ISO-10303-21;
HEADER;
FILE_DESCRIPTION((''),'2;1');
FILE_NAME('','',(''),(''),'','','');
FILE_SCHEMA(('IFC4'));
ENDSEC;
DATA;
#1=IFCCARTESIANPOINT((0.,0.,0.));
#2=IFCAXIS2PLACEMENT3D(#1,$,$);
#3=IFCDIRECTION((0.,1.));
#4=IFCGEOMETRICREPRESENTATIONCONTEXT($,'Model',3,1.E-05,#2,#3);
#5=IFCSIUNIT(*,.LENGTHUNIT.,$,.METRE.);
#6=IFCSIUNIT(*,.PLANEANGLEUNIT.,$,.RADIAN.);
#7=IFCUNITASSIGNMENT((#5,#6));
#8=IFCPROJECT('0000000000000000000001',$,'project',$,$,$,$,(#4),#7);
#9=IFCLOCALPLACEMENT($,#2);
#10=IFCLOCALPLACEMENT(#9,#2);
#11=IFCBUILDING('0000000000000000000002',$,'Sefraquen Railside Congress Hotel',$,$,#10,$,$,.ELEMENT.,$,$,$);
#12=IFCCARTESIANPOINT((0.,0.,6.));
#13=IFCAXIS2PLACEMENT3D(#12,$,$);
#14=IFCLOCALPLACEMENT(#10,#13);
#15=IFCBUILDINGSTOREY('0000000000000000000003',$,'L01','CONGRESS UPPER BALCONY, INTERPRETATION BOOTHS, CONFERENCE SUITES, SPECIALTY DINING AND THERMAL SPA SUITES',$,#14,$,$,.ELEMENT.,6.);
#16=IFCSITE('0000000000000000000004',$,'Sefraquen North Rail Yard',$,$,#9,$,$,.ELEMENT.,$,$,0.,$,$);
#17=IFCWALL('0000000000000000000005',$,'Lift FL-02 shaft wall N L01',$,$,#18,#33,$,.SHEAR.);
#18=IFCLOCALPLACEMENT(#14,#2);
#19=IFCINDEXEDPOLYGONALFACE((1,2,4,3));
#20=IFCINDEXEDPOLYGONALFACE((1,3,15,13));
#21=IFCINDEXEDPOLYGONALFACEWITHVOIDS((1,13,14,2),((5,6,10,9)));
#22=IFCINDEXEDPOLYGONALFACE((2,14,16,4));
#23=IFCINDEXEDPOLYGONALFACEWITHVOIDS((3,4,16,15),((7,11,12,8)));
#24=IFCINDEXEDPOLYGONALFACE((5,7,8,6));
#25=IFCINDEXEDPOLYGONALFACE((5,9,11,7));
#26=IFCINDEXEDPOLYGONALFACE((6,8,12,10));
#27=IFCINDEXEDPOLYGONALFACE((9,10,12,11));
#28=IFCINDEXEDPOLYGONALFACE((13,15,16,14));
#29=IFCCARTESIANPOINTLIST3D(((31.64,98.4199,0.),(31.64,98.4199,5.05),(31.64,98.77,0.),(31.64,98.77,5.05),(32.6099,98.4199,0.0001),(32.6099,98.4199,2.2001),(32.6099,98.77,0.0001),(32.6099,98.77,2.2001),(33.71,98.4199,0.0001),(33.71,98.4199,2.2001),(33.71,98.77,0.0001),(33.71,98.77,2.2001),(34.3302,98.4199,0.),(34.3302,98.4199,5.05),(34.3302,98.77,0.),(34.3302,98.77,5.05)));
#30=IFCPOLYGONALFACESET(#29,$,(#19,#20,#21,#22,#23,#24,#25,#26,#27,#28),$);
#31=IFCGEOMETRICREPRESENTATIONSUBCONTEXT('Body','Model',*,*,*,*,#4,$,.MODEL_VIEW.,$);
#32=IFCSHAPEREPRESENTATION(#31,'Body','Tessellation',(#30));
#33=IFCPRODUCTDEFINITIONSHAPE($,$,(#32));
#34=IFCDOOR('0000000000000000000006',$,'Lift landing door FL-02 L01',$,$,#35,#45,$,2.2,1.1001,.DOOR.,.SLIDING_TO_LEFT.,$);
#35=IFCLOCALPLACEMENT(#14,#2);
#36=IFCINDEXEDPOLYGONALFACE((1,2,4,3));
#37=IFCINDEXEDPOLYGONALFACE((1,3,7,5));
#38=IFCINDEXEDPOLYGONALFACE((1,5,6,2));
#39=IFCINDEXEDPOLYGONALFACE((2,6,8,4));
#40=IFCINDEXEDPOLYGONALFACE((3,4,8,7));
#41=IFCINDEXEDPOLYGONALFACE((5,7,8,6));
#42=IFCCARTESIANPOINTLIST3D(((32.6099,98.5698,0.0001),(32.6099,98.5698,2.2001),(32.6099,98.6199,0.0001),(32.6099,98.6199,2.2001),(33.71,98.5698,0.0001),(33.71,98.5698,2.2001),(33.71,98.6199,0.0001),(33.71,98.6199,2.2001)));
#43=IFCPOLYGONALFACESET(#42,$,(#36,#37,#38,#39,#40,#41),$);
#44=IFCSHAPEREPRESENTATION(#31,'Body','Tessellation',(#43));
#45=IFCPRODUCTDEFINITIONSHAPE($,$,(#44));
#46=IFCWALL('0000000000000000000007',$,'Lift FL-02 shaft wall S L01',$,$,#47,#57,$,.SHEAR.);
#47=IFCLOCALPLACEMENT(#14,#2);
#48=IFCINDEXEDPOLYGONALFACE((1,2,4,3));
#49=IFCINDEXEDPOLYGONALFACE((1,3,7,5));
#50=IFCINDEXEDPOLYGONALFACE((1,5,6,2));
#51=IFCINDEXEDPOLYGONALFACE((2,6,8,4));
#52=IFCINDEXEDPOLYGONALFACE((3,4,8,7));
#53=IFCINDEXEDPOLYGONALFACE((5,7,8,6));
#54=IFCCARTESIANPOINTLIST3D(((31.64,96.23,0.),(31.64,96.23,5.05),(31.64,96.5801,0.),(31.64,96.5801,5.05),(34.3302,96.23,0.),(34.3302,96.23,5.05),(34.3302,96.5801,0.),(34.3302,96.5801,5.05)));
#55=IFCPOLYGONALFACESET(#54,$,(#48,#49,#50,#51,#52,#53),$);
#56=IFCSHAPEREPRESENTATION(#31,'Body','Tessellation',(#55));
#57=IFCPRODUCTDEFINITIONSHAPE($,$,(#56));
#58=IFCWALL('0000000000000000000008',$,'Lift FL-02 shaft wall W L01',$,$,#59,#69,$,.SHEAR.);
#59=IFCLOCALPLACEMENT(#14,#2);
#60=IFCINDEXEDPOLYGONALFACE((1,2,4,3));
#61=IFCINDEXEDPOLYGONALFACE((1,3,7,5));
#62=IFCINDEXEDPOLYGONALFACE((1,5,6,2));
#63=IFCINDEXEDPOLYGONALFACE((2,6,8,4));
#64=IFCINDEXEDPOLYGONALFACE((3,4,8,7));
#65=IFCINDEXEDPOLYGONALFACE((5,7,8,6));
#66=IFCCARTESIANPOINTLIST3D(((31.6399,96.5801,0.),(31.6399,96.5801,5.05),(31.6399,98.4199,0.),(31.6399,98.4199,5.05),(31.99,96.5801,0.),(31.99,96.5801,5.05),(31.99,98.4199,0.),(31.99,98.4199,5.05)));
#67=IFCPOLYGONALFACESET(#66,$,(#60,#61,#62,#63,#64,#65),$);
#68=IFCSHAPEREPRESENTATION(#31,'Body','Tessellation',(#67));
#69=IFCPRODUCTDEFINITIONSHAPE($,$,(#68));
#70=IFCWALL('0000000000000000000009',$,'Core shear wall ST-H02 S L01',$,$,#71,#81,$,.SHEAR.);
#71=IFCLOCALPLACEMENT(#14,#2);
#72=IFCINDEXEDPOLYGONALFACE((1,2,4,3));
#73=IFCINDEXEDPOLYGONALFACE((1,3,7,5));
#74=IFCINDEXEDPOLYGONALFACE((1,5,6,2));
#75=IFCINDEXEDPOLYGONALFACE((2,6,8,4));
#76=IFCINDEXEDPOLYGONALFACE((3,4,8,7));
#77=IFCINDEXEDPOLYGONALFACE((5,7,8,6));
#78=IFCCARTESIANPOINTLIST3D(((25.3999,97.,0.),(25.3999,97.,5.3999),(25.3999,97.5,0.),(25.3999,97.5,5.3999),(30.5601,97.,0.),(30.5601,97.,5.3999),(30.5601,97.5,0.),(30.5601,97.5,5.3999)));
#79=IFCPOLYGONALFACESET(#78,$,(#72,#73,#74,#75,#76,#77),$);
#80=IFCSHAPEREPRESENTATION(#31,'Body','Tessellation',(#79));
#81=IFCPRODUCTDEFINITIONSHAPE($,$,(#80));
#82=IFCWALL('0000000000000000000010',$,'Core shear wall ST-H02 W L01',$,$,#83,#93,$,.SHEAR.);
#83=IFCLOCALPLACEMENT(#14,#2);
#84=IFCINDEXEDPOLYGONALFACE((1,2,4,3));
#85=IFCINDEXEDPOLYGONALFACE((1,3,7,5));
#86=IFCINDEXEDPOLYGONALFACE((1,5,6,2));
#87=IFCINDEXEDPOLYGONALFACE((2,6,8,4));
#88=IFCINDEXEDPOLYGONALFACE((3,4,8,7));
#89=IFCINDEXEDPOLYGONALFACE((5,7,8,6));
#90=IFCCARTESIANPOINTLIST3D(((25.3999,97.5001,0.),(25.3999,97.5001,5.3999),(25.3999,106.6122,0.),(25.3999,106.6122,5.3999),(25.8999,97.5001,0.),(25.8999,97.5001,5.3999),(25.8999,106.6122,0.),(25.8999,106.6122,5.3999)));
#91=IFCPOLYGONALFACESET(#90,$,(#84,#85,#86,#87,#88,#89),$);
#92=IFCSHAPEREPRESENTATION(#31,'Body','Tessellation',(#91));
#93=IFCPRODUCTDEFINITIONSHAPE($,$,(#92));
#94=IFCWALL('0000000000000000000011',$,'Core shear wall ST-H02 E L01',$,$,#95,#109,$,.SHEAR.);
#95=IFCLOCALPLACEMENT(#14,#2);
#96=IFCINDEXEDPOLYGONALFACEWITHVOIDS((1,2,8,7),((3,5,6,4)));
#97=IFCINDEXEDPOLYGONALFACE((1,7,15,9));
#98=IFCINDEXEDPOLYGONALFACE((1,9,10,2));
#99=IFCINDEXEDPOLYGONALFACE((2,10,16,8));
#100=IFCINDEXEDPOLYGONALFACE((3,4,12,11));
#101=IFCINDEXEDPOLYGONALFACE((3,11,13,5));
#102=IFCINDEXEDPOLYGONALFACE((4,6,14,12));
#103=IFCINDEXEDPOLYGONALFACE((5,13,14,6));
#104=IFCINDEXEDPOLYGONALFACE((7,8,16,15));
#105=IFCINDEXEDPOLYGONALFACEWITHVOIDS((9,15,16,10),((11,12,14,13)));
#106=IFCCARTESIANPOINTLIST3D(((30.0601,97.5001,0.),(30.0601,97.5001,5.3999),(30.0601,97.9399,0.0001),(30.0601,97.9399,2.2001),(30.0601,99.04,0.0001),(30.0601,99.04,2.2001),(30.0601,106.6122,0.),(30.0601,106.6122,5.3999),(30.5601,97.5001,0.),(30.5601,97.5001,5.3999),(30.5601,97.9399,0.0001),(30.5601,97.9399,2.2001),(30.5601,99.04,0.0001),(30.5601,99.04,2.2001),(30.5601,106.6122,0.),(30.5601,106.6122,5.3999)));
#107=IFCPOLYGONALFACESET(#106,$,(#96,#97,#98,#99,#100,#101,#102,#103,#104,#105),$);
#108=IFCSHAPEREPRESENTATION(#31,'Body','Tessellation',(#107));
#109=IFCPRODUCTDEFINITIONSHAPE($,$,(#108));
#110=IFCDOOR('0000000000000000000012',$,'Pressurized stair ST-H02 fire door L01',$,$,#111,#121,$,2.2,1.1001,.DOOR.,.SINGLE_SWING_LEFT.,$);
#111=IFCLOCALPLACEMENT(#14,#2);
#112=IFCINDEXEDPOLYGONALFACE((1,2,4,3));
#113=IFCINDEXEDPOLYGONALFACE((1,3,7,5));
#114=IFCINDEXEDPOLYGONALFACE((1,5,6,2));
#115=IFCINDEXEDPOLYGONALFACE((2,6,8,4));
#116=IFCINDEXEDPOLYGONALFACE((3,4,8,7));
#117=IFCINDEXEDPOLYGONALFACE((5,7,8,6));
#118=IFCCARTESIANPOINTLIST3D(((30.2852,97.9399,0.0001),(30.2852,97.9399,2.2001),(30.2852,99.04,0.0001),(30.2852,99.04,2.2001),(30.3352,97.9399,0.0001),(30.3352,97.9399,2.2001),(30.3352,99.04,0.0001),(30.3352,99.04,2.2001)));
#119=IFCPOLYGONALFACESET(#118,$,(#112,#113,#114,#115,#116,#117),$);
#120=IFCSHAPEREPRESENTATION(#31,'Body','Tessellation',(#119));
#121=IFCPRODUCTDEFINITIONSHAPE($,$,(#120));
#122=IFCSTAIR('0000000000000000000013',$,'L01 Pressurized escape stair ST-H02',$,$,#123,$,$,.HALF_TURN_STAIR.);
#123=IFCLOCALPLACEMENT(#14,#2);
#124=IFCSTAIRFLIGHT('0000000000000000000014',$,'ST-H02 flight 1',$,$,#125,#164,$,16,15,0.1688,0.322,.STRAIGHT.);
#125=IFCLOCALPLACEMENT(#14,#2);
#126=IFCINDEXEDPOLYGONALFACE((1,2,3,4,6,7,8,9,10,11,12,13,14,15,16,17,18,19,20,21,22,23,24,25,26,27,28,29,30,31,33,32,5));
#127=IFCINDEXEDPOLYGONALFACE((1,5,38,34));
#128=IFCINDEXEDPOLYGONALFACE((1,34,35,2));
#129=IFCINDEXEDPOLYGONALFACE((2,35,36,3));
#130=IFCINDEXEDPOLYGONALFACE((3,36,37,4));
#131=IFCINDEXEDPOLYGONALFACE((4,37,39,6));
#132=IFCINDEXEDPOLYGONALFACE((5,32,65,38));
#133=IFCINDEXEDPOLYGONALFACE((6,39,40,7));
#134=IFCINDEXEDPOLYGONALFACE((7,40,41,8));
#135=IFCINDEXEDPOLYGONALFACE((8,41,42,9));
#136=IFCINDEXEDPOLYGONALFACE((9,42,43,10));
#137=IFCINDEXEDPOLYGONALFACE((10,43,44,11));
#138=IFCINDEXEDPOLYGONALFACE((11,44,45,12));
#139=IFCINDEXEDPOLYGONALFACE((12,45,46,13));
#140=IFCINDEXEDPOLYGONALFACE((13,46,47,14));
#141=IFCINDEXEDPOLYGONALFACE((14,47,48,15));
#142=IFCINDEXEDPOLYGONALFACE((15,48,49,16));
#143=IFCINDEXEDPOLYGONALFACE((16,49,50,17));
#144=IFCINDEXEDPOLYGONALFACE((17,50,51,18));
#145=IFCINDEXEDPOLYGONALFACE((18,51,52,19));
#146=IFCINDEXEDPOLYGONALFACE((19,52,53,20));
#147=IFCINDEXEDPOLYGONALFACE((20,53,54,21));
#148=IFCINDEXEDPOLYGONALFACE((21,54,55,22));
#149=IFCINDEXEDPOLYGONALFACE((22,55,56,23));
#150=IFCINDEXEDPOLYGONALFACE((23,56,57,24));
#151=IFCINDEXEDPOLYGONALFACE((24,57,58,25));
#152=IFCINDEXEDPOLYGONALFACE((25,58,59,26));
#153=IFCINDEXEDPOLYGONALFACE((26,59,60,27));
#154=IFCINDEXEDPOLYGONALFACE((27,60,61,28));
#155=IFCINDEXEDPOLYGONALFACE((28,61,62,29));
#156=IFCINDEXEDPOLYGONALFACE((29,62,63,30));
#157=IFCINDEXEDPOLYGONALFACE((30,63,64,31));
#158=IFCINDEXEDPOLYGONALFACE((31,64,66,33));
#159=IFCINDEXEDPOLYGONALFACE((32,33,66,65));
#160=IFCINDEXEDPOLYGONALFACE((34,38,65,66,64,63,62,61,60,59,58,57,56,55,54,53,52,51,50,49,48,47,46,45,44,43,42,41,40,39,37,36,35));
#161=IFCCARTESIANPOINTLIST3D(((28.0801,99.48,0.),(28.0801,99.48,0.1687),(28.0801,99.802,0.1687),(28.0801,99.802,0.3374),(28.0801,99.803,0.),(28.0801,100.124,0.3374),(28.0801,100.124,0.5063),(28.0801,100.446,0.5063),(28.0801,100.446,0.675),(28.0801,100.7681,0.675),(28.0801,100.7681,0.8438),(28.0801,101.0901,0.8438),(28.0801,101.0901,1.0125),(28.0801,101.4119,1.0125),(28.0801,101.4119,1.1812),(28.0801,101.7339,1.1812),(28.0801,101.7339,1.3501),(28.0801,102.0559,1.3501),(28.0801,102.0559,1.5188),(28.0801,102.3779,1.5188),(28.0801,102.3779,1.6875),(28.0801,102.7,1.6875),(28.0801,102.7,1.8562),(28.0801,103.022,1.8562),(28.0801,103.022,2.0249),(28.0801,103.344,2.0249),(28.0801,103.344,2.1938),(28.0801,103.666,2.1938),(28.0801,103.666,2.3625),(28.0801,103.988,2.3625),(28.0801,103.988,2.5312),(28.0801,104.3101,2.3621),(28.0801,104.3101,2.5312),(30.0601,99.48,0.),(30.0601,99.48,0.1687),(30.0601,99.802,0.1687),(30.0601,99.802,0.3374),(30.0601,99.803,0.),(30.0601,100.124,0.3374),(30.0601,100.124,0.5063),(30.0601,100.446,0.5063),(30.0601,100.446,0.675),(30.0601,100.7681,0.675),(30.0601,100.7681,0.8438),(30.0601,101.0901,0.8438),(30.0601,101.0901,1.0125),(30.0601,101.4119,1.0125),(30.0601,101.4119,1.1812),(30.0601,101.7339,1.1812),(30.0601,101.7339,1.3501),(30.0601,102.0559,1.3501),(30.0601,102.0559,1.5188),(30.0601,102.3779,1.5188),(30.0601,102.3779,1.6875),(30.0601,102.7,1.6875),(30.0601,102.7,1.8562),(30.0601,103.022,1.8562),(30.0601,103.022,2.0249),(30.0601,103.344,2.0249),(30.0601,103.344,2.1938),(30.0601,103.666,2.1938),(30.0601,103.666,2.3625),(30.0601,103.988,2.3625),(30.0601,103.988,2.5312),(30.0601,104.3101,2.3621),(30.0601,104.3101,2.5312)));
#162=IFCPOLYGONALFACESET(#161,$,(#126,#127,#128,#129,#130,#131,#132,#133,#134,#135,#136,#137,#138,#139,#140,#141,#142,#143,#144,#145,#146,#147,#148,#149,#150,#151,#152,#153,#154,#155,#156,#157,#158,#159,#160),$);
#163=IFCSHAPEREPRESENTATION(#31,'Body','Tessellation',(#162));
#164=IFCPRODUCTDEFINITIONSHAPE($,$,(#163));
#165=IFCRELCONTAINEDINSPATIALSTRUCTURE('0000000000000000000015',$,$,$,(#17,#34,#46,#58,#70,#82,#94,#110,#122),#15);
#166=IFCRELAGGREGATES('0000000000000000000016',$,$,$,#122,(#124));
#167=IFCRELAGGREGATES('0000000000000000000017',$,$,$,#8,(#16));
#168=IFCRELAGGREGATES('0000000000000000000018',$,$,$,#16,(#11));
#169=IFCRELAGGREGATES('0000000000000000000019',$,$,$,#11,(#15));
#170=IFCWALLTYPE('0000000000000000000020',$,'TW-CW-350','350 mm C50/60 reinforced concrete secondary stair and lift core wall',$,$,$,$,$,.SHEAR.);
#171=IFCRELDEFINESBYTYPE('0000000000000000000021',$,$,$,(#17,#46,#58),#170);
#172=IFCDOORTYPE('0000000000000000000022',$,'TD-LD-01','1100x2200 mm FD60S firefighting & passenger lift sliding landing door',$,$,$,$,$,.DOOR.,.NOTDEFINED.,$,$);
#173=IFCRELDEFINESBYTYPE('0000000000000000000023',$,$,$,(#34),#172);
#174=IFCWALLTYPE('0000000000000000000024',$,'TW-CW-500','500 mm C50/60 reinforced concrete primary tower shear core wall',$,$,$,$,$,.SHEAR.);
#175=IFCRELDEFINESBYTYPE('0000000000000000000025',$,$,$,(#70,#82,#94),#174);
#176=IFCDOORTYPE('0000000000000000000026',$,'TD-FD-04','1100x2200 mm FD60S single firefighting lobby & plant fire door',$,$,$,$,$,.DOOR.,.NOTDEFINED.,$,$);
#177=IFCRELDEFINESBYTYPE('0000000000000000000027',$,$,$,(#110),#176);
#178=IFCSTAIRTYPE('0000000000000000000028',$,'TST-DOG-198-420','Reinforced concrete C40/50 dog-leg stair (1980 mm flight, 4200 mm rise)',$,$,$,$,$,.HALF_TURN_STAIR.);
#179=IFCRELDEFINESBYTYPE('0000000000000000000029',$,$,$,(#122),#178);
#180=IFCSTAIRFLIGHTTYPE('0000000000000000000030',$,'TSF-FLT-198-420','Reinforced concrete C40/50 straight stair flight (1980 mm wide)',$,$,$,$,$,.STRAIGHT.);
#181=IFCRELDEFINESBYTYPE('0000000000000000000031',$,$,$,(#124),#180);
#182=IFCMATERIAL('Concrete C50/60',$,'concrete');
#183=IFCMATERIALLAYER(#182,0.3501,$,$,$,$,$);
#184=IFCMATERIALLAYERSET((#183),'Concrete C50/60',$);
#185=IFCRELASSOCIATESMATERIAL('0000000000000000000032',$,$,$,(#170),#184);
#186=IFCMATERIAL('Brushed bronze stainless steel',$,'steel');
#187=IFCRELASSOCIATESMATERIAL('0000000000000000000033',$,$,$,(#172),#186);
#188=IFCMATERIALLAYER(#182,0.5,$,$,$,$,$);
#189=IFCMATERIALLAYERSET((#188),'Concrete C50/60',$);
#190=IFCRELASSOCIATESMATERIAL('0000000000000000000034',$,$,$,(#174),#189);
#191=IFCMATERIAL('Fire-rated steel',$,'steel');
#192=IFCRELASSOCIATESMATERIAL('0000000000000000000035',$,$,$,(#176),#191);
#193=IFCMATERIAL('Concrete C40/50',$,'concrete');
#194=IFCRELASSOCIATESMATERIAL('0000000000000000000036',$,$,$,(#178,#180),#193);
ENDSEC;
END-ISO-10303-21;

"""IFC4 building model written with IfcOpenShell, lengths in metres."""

from ifc_helpers import new_model, si_unit, direction, frame, frame_2d, origin, place, context, subcontext, project, spatial, polyline, rectangle, outline, extrude, material, layer, layer_set, type_object, element, fill, aggregate, save


model = new_model("IFC4")

# Units and contexts
model_context = context("Model", 3, precision=1e-05, world=origin(), true_north=direction((0.0, 1.0)))
body_context = subcontext(model_context, "Body", "Model", "MODEL_VIEW")
ifc_project = project(units=[si_unit("LENGTHUNIT", "METRE"), si_unit("PLANEANGLEUNIT", "RADIAN")], contexts=[model_context])

# Site, building, storey
site_placement = place(None, origin())
site = spatial("IfcSite", under=ifc_project, at=site_placement, Name="Sefraquen North Rail Yard", CompositionType="ELEMENT", RefElevation=0.0)
building_placement = place(site_placement, origin())
building = spatial("IfcBuilding", under=site, at=building_placement, Name="Sefraquen Railside Congress Hotel", CompositionType="ELEMENT")
storey_placement = place(building_placement, frame((0.0, 0.0, 6.0)))
storey = spatial("IfcBuildingStorey", under=building, at=storey_placement, Name="L01", Description="CONGRESS UPPER BALCONY, INTERPRETATION BOOTHS, CONFERENCE SUITES, SPECIALTY DINING AND THERMAL SPA SUITES", CompositionType="ELEMENT", Elevation=6.0)

# Wall, opening, door
ifc_material_1 = material(Name="Concrete C50/60", Category="concrete")
ifc_layer_1 = layer(ifc_material_1, 0.3501)
ifc_layer_set_1 = layer_set([ifc_layer_1], Name="Concrete C50/60")
wall_type_1 = type_object("IfcWallType", Name="TW-CW-350", Description="350 mm C50/60 reinforced concrete secondary stair and lift core wall", PredefinedType="SHEAR", material=ifc_layer_set_1)
wall_1_placement = place(storey_placement, frame((31.6399, 98.595, 0.0), z_axis=(0.0, 0.0, 1.0), x_axis=(1.0, 0.0, 0.0)))
wall_1 = element("IfcWall", 1, at=wall_1_placement, inside=storey, type_object=wall_type_1, Name="Lift FL-02 shaft wall N L01", PredefinedType="SHEAR", context=body_context, shape_type="SweptSolid", body=[
    extrude(rectangle(XDim=2.6902, YDim=0.3501, at=frame_2d((1.3452, 0.0))), origin(), (0.0, 0.0, 1.0), 5.05),
])
opening_1_placement = place(wall_1_placement, frame((0.97, 0.0, 0.0)))
opening_1 = element("IfcOpeningElement", 2, at=opening_1_placement, cuts=wall_1, PredefinedType="OPENING", context=body_context, shape_type="SweptSolid", body=[
    extrude(rectangle(XDim=1.1001, YDim=2.2, at=frame_2d((0.55, 1.1001))), frame((0.0, 0.1851, 0.0), z_axis=(0.0, -1.0, 0.0), x_axis=(1.0, 0.0, 0.0)), (0.0, 0.0, 1.0), 0.3701),
])
ifc_material_2 = material(Name="Brushed bronze stainless steel", Category="steel")
door_type_1 = type_object("IfcDoorType", Name="TD-LD-01", Description="1100x2200 mm FD60S firefighting & passenger lift sliding landing door", OperationType="NOTDEFINED", PredefinedType="DOOR", material=ifc_material_2)
door_1_placement = place(opening_1_placement, origin())
door_1 = element("IfcDoor", 3, at=door_1_placement, inside=storey, type_object=door_type_1, Name="Lift landing door FL-02 L01", OperationType="SLIDING_TO_LEFT", OverallHeight=2.2, OverallWidth=1.1001, PredefinedType="DOOR", context=body_context, shape_type="SweptSolid", body=[
    extrude(rectangle(XDim=1.1001, YDim=2.2, at=frame_2d((0.55, 1.1001))), frame((0.0, 0.0249, 0.0), z_axis=(0.0, -1.0, 0.0), x_axis=(1.0, 0.0, 0.0)), (0.0, 0.0, 1.0), 0.05),
])
fill(opening_1, door_1)

# Walls
wall_2_placement = place(storey_placement, frame((31.6399, 96.405, 0.0), z_axis=(0.0, 0.0, 1.0), x_axis=(1.0, 0.0, 0.0)))
element("IfcWall", 4, at=wall_2_placement, inside=storey, type_object=wall_type_1, Name="Lift FL-02 shaft wall S L01", PredefinedType="SHEAR", context=body_context, shape_type="SweptSolid", body=[
    extrude(rectangle(XDim=2.6902, YDim=0.3501, at=frame_2d((1.3452, 0.0))), origin(), (0.0, 0.0, 1.0), 5.05),
])
wall_3_placement = place(storey_placement, frame((31.8149, 96.5801, 0.0), z_axis=(0.0, 0.0, 1.0), x_axis=(0.0, 1.0, 0.0)))
element("IfcWall", 5, at=wall_3_placement, inside=storey, type_object=wall_type_1, Name="Lift FL-02 shaft wall W L01", PredefinedType="SHEAR", context=body_context, shape_type="SweptSolid", body=[
    extrude(rectangle(XDim=1.8398, YDim=0.3501, at=frame_2d((0.9199, 0.0))), origin(), (0.0, 0.0, 1.0), 5.05),
])
ifc_layer_2 = layer(ifc_material_1, 0.5)
ifc_layer_set_2 = layer_set([ifc_layer_2], Name="Concrete C50/60")
wall_type_2 = type_object("IfcWallType", Name="TW-CW-500", Description="500 mm C50/60 reinforced concrete primary tower shear core wall", PredefinedType="SHEAR", material=ifc_layer_set_2)
wall_4_placement = place(storey_placement, frame((25.3999, 97.25, 0.0), z_axis=(0.0, 0.0, 1.0), x_axis=(1.0, 0.0, 0.0)))
element("IfcWall", 6, at=wall_4_placement, inside=storey, type_object=wall_type_2, Name="Core shear wall ST-H02 S L01", PredefinedType="SHEAR", context=body_context, shape_type="SweptSolid", body=[
    extrude(rectangle(XDim=5.1602, YDim=0.5, at=frame_2d((2.5801, 0.0))), origin(), (0.0, 0.0, 1.0), 5.3999),
])
wall_5_placement = place(storey_placement, frame((25.6499, 97.5, 0.0), z_axis=(0.0, 0.0, 1.0), x_axis=(0.0, 1.0, 0.0)))
element("IfcWall", 7, at=wall_5_placement, inside=storey, type_object=wall_type_2, Name="Core shear wall ST-H02 W L01", PredefinedType="SHEAR", context=body_context, shape_type="SweptSolid", body=[
    extrude(rectangle(XDim=9.1121, YDim=0.5, at=frame_2d((4.5562, 0.0))), origin(), (0.0, 0.0, 1.0), 5.3999),
])

# Wall, opening, door
wall_6_placement = place(storey_placement, frame((30.3101, 97.5, 0.0), z_axis=(0.0, 0.0, 1.0), x_axis=(0.0, 1.0, 0.0)))
wall_6 = element("IfcWall", 8, at=wall_6_placement, inside=storey, type_object=wall_type_2, Name="Core shear wall ST-H02 E L01", PredefinedType="SHEAR", context=body_context, shape_type="SweptSolid", body=[
    extrude(rectangle(XDim=9.1121, YDim=0.5, at=frame_2d((4.5562, 0.0))), origin(), (0.0, 0.0, 1.0), 5.3999),
])
opening_2_placement = place(wall_6_placement, frame((0.4399, 0.0, 0.0)))
opening_2 = element("IfcOpeningElement", 9, at=opening_2_placement, cuts=wall_6, PredefinedType="OPENING", context=body_context, shape_type="SweptSolid", body=[
    extrude(rectangle(XDim=1.1001, YDim=2.2, at=frame_2d((0.55, 1.1001))), frame((0.0, 0.26, 0.0), z_axis=(0.0, -1.0, 0.0), x_axis=(1.0, 0.0, 0.0)), (0.0, 0.0, 1.0), 0.52),
])
ifc_material_3 = material(Name="Fire-rated steel", Category="steel")
door_type_2 = type_object("IfcDoorType", Name="TD-FD-04", Description="1100x2200 mm FD60S single firefighting lobby & plant fire door", OperationType="NOTDEFINED", PredefinedType="DOOR", material=ifc_material_3)
door_2_placement = place(opening_2_placement, origin())
door_2 = element("IfcDoor", 10, at=door_2_placement, inside=storey, type_object=door_type_2, Name="Pressurized stair ST-H02 fire door L01", OperationType="SINGLE_SWING_LEFT", OverallHeight=2.2, OverallWidth=1.1001, PredefinedType="DOOR", context=body_context, shape_type="SweptSolid", body=[
    extrude(rectangle(XDim=1.1001, YDim=2.2, at=frame_2d((0.55, 1.1001))), frame((0.0, 0.0249, 0.0), z_axis=(0.0, -1.0, 0.0), x_axis=(1.0, 0.0, 0.0)), (0.0, 0.0, 1.0), 0.05),
])
fill(opening_2, door_2)

# Stair, stair flight
ifc_material_4 = material(Name="Concrete C40/50", Category="concrete")
stair_type = type_object("IfcStairType", Name="TST-DOG-198-420", Description="Reinforced concrete C40/50 dog-leg stair (1980 mm flight, 4200 mm rise)", PredefinedType="HALF_TURN_STAIR", material=ifc_material_4)
stair_placement = place(storey_placement, origin())
stair = element("IfcStair", 11, at=stair_placement, inside=storey, type_object=stair_type, Name="L01 Pressurized escape stair ST-H02", PredefinedType="HALF_TURN_STAIR")
stair_flight_type = type_object("IfcStairFlightType", Name="TSF-FLT-198-420", Description="Reinforced concrete C40/50 straight stair flight (1980 mm wide)", PredefinedType="STRAIGHT", material=ifc_material_4)
stair_flight_placement = place(storey_placement, frame((29.0701, 99.48, 0.0), z_axis=(0.0, 0.0, 1.0), x_axis=(0.0, 1.0, 0.0)))
stair_flight = element("IfcStairFlight", 12, at=stair_flight_placement, type_object=stair_flight_type, Name="ST-H02 flight 1", NumberOfRisers=16, NumberOfTreads=15, PredefinedType="STRAIGHT", RiserHeight=0.1688, TreadLength=0.322, context=body_context, shape_type="SweptSolid", body=[
    extrude(outline(polyline([(0.0, 0.0), (0.0, 0.1687), (0.322, 0.1687), (0.322, 0.3374), (0.644, 0.3374), (0.644, 0.5063), (0.9661, 0.5063), (0.9661, 0.675), (1.2881, 0.675), (1.2881, 0.8438), (1.6101, 0.8438), (1.6101, 1.0125), (1.9319, 1.0125), (1.9319, 1.1812), (2.2539, 1.1812), (2.2539, 1.3501), (2.5759, 1.3501), (2.5759, 1.5188), (2.8979, 1.5188), (2.8979, 1.6875), (3.22, 1.6875), (3.22, 1.8562), (3.542, 1.8562), (3.542, 2.0249), (3.864, 2.0249), (3.864, 2.1938), (4.186, 2.1938), (4.186, 2.3625), (4.5081, 2.3625), (4.5081, 2.5312), (4.8301, 2.5312), (4.8301, 2.7), (4.8301, 2.3621), (0.323, 0.0), (0.0, 0.0)])), frame((0.0, 0.99, 0.0), z_axis=(0.0, -1.0, 0.0), x_axis=(1.0, 0.0, 0.0)), (0.0, 0.0, 1.0), 1.98),
])
aggregate(stair, [stair_flight])

save(model, "model.ifc")
